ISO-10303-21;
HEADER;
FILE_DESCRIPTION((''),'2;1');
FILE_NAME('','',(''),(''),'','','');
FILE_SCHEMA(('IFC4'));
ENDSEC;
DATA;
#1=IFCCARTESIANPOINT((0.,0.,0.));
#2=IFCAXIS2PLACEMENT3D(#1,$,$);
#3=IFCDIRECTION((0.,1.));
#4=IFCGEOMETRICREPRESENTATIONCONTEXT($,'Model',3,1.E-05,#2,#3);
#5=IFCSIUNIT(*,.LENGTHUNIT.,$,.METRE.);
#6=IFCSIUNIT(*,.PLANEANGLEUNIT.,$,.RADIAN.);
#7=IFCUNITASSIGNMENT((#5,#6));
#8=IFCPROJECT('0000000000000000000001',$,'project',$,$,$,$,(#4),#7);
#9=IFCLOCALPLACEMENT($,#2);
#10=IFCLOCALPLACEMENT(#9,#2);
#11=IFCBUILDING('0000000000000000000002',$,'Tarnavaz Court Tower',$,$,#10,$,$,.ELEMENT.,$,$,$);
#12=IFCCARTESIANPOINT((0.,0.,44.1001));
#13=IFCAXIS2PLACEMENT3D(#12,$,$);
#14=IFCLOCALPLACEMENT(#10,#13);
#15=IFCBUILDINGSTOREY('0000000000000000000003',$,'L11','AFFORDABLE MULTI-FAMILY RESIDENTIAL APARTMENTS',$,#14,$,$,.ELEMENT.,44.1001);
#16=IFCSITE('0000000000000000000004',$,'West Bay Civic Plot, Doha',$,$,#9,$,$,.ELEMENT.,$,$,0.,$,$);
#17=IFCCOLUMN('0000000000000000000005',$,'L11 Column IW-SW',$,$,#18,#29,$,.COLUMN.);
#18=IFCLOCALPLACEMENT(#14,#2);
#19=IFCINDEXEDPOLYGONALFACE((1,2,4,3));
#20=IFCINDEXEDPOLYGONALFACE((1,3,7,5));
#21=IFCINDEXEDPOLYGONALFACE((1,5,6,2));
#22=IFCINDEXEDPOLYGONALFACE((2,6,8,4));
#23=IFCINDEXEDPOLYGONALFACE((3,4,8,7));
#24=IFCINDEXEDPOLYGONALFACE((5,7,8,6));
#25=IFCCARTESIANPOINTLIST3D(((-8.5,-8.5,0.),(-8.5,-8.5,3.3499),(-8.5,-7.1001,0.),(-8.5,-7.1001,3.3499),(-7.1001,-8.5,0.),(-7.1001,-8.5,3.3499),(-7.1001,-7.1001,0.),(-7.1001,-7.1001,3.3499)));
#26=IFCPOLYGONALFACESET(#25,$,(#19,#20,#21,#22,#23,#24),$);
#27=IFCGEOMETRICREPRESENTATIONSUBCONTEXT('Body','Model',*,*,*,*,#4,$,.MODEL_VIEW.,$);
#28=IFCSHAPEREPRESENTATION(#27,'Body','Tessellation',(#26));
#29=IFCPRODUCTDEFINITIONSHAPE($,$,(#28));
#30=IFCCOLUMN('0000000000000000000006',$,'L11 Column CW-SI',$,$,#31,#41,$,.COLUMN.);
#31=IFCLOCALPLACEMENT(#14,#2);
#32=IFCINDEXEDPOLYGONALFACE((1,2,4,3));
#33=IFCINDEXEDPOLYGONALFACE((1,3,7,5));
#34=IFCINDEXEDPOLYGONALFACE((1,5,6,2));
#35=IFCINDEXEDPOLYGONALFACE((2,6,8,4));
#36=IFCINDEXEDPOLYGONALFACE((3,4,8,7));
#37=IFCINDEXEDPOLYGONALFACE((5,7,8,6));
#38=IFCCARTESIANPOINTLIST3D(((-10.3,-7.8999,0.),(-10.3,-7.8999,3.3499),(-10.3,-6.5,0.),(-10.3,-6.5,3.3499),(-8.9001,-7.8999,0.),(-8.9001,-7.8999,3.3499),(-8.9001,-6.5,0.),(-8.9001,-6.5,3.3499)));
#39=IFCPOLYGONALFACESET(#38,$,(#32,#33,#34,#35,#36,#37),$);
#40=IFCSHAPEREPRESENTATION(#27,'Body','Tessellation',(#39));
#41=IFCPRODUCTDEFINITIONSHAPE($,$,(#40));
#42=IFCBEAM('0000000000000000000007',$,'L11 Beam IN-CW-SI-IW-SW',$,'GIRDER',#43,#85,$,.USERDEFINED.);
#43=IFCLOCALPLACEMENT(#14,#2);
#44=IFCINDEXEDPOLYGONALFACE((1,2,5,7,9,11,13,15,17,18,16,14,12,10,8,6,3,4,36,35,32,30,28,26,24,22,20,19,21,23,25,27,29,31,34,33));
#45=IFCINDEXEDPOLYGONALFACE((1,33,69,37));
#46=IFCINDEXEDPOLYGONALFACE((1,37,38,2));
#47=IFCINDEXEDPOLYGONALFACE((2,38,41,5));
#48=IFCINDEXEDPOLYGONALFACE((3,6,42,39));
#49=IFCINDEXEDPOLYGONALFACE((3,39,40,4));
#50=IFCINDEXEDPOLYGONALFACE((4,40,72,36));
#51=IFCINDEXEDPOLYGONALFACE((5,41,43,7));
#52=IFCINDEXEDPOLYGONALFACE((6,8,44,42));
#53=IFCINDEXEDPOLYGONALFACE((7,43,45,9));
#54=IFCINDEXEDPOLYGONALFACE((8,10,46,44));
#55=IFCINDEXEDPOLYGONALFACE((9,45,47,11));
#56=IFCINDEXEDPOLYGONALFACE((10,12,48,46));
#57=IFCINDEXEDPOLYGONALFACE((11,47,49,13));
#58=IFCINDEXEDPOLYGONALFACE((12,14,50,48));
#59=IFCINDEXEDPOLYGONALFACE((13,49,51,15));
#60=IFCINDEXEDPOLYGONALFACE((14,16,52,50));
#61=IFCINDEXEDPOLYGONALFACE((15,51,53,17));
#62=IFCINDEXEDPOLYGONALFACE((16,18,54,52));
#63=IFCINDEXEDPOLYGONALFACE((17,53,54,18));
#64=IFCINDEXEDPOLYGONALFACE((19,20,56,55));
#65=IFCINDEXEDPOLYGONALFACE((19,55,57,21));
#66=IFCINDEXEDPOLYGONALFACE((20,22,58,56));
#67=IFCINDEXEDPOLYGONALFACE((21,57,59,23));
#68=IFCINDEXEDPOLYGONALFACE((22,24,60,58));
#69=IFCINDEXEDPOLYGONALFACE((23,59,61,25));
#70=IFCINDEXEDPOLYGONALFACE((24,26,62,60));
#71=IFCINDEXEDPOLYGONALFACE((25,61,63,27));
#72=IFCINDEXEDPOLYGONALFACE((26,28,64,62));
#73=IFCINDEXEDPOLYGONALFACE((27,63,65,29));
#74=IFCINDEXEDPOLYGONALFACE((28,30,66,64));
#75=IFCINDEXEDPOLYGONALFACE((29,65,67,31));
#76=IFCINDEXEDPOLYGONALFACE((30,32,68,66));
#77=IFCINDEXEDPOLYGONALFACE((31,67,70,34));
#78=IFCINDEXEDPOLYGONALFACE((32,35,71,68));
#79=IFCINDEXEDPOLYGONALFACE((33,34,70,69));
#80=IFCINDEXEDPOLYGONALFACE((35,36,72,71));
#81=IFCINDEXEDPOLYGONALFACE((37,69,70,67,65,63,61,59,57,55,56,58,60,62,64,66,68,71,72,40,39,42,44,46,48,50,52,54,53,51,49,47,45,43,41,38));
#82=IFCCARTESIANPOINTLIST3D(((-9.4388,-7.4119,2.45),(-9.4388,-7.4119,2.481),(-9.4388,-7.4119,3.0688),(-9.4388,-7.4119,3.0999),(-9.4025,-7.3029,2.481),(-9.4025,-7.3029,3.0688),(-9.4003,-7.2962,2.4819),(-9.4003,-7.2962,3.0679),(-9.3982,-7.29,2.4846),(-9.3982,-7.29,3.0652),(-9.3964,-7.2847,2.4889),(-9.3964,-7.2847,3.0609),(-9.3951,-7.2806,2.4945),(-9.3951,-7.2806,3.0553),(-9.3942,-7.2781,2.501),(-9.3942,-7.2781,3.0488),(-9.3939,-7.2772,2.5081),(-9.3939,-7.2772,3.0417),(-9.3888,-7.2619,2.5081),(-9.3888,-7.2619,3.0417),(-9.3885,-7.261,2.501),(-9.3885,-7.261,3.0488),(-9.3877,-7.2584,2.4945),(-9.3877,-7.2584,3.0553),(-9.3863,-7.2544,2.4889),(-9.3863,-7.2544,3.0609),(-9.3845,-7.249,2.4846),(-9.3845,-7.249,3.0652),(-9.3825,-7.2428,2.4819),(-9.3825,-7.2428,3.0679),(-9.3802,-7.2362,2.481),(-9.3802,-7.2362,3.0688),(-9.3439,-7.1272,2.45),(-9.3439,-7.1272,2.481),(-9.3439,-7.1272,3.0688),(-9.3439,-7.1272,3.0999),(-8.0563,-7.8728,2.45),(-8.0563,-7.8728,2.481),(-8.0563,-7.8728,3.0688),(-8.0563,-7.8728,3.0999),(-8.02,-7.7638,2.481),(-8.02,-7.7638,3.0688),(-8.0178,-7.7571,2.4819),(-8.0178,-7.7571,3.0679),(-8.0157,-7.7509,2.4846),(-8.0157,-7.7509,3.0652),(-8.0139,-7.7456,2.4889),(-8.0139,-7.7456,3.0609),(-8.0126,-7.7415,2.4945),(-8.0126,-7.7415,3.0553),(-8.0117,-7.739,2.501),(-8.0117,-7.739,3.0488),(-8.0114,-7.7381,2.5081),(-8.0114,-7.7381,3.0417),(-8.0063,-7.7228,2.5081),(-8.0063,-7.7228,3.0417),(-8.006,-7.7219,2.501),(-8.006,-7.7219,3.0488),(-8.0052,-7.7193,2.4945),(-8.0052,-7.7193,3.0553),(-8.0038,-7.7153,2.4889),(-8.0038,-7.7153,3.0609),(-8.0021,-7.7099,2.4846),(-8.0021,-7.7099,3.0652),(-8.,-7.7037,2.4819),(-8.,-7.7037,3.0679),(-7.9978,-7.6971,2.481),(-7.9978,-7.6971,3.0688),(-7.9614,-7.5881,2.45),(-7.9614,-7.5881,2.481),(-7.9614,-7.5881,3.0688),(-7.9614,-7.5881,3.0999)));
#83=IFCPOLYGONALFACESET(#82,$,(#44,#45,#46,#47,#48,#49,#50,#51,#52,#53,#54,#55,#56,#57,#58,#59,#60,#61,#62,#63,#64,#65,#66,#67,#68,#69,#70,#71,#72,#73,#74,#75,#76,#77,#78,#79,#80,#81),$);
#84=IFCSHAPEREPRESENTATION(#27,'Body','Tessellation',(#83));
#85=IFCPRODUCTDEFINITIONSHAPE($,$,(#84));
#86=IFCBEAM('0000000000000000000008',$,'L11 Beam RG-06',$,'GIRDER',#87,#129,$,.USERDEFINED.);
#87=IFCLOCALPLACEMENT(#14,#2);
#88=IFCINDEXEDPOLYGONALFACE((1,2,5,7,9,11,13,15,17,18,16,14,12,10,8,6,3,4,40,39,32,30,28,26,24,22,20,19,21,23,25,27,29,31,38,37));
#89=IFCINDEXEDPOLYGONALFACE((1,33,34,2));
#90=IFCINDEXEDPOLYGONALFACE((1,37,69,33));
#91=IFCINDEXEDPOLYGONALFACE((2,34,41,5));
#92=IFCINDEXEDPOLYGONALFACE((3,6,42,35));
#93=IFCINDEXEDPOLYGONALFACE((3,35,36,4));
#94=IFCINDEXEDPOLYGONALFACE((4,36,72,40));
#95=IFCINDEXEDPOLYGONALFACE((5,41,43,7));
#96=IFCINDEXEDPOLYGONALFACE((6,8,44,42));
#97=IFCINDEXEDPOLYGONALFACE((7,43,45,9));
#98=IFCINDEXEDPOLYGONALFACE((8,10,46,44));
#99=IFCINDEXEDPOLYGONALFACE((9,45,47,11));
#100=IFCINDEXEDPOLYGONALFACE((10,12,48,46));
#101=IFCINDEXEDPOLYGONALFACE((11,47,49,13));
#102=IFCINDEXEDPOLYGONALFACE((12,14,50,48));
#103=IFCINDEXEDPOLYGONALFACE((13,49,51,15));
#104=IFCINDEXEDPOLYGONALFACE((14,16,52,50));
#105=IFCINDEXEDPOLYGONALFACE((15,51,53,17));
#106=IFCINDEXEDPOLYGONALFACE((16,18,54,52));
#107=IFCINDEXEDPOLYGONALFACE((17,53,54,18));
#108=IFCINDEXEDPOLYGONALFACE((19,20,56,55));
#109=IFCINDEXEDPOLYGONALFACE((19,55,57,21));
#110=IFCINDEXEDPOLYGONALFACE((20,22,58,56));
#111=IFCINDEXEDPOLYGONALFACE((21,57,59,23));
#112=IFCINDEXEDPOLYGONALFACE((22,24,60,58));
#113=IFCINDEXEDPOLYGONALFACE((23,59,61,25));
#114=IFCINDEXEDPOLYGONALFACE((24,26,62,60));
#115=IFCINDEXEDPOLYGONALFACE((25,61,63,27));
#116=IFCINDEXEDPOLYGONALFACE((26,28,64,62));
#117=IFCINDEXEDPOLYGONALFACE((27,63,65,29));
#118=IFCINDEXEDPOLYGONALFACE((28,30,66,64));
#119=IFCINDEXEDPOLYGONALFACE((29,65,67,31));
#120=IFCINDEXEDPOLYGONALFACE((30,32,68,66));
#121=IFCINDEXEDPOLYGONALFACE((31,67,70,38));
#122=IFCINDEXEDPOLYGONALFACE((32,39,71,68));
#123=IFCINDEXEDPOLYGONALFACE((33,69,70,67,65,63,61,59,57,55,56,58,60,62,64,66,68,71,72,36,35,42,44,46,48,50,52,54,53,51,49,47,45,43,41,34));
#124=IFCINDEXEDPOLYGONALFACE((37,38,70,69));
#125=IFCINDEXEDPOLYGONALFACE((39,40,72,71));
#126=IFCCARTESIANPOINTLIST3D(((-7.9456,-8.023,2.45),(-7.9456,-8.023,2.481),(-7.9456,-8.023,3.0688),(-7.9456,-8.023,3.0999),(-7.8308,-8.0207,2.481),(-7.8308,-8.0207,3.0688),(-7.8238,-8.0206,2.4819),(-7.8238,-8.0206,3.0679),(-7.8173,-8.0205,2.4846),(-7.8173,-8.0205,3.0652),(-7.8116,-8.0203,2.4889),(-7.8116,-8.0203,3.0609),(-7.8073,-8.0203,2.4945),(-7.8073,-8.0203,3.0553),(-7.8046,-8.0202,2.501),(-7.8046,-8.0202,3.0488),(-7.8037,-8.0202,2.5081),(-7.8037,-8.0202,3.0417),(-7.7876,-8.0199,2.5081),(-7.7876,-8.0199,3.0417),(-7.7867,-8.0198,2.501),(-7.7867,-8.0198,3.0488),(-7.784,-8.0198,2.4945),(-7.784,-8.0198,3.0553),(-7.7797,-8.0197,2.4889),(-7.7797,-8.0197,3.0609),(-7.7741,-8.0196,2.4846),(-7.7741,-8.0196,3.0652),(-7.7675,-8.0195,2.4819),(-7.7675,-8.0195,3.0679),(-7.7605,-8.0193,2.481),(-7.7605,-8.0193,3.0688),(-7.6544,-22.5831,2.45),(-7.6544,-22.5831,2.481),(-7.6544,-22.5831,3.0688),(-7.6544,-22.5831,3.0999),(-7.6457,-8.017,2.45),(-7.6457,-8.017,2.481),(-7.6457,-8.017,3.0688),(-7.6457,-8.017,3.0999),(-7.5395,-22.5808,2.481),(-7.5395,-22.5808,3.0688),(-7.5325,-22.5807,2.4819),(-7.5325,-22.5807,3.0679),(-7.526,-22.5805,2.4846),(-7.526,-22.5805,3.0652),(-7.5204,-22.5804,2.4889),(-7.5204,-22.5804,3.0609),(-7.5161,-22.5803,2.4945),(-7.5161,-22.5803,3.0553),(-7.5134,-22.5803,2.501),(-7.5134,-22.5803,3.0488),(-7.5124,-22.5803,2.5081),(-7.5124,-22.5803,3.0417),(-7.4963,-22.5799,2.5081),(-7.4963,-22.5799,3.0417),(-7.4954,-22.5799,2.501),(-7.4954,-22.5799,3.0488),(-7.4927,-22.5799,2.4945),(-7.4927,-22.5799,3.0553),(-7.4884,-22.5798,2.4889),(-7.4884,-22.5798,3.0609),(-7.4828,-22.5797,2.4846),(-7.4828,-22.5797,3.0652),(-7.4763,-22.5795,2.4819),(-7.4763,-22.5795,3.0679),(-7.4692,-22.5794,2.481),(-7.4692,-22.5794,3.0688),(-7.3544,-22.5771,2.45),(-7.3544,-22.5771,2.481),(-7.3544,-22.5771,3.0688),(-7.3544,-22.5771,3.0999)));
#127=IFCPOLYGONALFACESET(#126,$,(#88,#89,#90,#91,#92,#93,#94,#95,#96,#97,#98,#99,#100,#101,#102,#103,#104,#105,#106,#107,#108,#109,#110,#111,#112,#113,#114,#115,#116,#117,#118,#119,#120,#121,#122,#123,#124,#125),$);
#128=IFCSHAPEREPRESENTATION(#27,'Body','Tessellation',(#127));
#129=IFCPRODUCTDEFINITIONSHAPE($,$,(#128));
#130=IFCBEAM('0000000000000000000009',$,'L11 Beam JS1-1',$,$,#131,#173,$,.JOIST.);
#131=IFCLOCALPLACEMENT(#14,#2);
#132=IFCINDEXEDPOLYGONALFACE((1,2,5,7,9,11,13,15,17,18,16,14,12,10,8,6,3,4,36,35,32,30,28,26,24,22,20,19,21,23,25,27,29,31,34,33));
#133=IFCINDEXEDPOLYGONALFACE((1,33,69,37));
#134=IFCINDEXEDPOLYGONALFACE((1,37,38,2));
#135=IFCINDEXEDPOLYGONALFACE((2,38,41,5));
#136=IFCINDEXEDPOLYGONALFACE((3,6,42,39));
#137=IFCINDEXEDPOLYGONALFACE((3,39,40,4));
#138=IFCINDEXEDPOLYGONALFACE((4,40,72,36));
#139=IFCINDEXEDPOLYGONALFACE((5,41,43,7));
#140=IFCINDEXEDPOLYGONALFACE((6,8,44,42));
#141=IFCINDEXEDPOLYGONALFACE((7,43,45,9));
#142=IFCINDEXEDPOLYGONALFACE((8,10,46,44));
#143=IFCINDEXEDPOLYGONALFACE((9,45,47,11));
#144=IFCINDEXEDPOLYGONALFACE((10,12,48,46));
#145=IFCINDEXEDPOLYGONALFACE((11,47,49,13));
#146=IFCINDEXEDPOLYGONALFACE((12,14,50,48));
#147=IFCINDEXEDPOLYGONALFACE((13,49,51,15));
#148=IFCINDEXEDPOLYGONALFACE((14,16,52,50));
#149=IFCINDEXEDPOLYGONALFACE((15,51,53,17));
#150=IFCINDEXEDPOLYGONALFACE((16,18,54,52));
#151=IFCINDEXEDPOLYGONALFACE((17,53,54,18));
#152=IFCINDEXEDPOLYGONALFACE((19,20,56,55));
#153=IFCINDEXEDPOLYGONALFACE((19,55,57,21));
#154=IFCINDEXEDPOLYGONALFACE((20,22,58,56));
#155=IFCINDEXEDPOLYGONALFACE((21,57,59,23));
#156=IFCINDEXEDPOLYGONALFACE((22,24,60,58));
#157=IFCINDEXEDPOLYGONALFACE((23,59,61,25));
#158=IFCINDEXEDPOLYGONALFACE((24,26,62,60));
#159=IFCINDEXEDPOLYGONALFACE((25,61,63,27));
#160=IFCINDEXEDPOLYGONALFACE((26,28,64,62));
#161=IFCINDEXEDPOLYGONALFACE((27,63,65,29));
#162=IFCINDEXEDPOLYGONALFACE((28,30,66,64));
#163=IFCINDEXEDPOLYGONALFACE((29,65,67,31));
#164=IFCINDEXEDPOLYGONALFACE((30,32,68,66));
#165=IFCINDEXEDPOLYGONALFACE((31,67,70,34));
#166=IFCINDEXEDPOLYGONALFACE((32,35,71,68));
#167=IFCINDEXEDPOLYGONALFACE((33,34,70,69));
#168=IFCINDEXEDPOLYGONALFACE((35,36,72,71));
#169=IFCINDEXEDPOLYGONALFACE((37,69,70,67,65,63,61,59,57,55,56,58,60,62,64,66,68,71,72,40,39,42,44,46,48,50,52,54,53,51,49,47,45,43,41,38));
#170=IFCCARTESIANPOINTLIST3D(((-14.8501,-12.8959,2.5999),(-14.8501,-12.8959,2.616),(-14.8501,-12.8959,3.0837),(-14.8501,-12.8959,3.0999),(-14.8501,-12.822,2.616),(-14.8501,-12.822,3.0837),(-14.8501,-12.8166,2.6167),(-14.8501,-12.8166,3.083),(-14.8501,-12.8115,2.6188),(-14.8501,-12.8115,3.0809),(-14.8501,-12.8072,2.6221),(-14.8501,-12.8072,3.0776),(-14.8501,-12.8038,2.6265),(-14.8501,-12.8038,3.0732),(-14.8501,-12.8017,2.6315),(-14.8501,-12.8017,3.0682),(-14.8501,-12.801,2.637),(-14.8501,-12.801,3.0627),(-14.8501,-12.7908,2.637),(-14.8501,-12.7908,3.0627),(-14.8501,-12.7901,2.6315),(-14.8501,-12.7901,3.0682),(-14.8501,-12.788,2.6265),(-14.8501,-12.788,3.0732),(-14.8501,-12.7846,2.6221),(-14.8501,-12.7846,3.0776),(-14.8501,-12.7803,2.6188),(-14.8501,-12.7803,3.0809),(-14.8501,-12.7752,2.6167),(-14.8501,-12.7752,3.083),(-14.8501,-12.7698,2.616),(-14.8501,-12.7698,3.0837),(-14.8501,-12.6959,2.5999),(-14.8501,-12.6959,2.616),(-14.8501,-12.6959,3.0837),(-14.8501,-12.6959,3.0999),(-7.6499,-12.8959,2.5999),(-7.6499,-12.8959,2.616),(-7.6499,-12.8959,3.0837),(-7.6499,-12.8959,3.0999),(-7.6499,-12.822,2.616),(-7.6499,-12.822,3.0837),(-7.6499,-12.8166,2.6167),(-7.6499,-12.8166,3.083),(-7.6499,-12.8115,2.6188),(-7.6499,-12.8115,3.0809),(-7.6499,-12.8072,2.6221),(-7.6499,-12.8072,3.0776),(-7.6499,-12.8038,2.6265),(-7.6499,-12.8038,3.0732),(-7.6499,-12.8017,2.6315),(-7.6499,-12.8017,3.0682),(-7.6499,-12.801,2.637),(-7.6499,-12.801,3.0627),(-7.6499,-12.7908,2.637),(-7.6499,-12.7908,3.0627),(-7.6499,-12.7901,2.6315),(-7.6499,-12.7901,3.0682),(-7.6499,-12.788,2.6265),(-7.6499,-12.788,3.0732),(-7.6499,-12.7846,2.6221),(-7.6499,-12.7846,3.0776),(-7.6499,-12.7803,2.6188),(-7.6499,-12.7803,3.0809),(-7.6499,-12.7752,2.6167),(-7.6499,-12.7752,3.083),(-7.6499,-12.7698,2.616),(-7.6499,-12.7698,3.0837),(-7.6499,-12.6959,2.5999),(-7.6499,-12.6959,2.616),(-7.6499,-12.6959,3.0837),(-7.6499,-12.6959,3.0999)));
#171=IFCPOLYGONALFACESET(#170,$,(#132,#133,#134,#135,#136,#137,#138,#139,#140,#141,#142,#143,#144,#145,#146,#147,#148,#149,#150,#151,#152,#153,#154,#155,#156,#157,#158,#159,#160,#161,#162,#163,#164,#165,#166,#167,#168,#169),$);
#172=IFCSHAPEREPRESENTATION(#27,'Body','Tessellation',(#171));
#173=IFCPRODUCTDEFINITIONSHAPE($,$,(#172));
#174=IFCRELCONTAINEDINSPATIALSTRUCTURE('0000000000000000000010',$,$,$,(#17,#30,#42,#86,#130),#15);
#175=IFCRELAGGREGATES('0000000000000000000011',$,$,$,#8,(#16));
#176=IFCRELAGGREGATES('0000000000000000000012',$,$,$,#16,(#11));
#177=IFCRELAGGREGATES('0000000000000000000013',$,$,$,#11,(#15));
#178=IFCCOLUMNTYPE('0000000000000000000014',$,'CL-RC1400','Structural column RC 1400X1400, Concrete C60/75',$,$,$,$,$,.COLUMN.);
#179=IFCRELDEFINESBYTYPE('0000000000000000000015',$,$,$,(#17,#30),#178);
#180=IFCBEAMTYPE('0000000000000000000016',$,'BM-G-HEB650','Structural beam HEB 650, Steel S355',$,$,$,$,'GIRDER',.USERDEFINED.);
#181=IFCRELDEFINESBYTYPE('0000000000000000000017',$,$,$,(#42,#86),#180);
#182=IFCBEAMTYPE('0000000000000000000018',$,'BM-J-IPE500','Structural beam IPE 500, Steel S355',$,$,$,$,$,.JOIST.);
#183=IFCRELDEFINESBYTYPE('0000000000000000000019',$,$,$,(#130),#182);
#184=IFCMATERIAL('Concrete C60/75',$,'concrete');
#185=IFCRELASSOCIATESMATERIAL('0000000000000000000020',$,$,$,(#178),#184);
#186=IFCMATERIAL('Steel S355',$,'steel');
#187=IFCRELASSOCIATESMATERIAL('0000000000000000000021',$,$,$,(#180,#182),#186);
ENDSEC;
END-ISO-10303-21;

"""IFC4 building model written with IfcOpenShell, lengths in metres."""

from ifc_helpers import new_model, si_unit, direction, frame, origin, origin_2d, place, context, subcontext, project, spatial, rectangle, i_section, extrude, material, material_profile, profile_set, type_object, element, save


model = new_model("IFC4")

# Units and contexts
model_context = context("Model", 3, precision=1e-05, world=origin(), true_north=direction((0.0, 1.0)))
body_context = subcontext(model_context, "Body", "Model", "MODEL_VIEW")
ifc_project = project(units=[si_unit("LENGTHUNIT", "METRE"), si_unit("PLANEANGLEUNIT", "RADIAN")], contexts=[model_context])

# Site, building, storey
site_placement = place(None, origin())
site = spatial("IfcSite", under=ifc_project, at=site_placement, Name="West Bay Civic Plot, Doha", CompositionType="ELEMENT", RefElevation=0.0)
building_placement = place(site_placement, origin())
building = spatial("IfcBuilding", under=site, at=building_placement, Name="Tarnavaz Court Tower", CompositionType="ELEMENT")
storey_placement = place(building_placement, frame((0.0, 0.0, 44.1001)))
storey = spatial("IfcBuildingStorey", under=building, at=storey_placement, Name="L11", Description="AFFORDABLE MULTI-FAMILY RESIDENTIAL APARTMENTS", CompositionType="ELEMENT", Elevation=44.1001)

# Columns
ifc_material_1 = material(Name="Concrete C60/75", Category="concrete")
ifc_material_profile_1 = material_profile(ifc_material_1, rectangle(XDim=1.3999, YDim=1.3999, at=origin_2d()), Name="RC 1400X1400")
ifc_profile_set_1 = profile_set([ifc_material_profile_1], Name="Concrete C60/75")
column_type = type_object("IfcColumnType", Name="CL-RC1400", Description="Structural column RC 1400X1400, Concrete C60/75", PredefinedType="COLUMN", material=ifc_profile_set_1)
for number, where, z_axis, x_axis, name in (
    (1, (-7.8, -7.8, 0.0), (0.0, 0.0, 1.0), (1.0, 0.0, 0.0), "L11 Column IW-SW"),
    (2, (-9.6001, -7.2, 0.0), (0.0, 0.0, 1.0), (1.0, 0.0, 0.0), "L11 Column CW-SI"),
):
    element("IfcColumn", number, at=place(storey_placement, frame(where, z_axis=z_axis, x_axis=x_axis)), inside=storey, type_object=column_type, Name=name, PredefinedType="COLUMN", context=body_context, shape_type="SweptSolid", body=[
        extrude(rectangle(XDim=1.3999, YDim=1.3999, at=origin_2d()), origin(), (0.0, 0.0, 1.0), 3.3499),
    ])

# Beams
ifc_material_2 = material(Name="Steel S355", Category="steel")
ifc_material_profile_2 = material_profile(ifc_material_2, i_section(OverallWidth=0.3, OverallDepth=0.6499, WebThickness=0.0161, FlangeThickness=0.031, FilletRadius=0.0271, at=origin_2d()), Name="HEB 650")
ifc_profile_set_2 = profile_set([ifc_material_profile_2], Name="Steel S355")
beam_type_1 = type_object("IfcBeamType", Name="BM-G-HEB650", Description="Structural beam HEB 650, Steel S355", ElementType="GIRDER", PredefinedType="USERDEFINED", material=ifc_profile_set_2)
beam_1_placement = place(storey_placement, frame((-9.3914, -7.2695, 2.7749), z_axis=(0.948667, -0.316278, 0.0), x_axis=(0.316278, 0.948667, 0.0)))
element("IfcBeam", 3, at=beam_1_placement, inside=storey, type_object=beam_type_1, Name="L11 Beam IN-CW-SI-IW-SW", ObjectType="GIRDER", PredefinedType="USERDEFINED", context=body_context, shape_type="SweptSolid", body=[
    extrude(i_section(OverallWidth=0.3, OverallDepth=0.6499, WebThickness=0.0161, FlangeThickness=0.031, FilletRadius=0.0271, at=origin_2d()), origin(), (0.0, 0.0, 1.0), 1.4573),
])
beam_2_placement = place(storey_placement, frame((-7.7957, -8.02, 2.7749), z_axis=(0.02, -0.9998, 0.0), x_axis=(0.9998, 0.02, 0.0)))
element("IfcBeam", 4, at=beam_2_placement, inside=storey, type_object=beam_type_1, Name="L11 Beam RG-06", ObjectType="GIRDER", PredefinedType="USERDEFINED", context=body_context, shape_type="SweptSolid", body=[
    extrude(i_section(OverallWidth=0.3, OverallDepth=0.6499, WebThickness=0.0161, FlangeThickness=0.031, FilletRadius=0.0271, at=origin_2d()), origin(), (0.0, 0.0, 1.0), 14.563),
])
ifc_material_profile_3 = material_profile(ifc_material_2, i_section(OverallWidth=0.2, OverallDepth=0.5, WebThickness=0.0103, FlangeThickness=0.0161, FilletRadius=0.021, at=origin_2d()), Name="IPE 500")
ifc_profile_set_3 = profile_set([ifc_material_profile_3], Name="Steel S355")
beam_type_2 = type_object("IfcBeamType", Name="BM-J-IPE500", Description="Structural beam IPE 500, Steel S355", PredefinedType="JOIST", material=ifc_profile_set_3)
beam_3_placement = place(storey_placement, frame((-14.8501, -12.7959, 2.8499), z_axis=(1.0, 0.0, 0.0), x_axis=(0.0, 1.0, 0.0)))
element("IfcBeam", 5, at=beam_3_placement, inside=storey, type_object=beam_type_2, Name="L11 Beam JS1-1", PredefinedType="JOIST", context=body_context, shape_type="SweptSolid", body=[
    extrude(i_section(OverallWidth=0.2, OverallDepth=0.5, WebThickness=0.0103, FlangeThickness=0.0161, FilletRadius=0.021, at=origin_2d()), origin(), (0.0, 0.0, 1.0), 7.2002),
])

save(model, "model.ifc")
